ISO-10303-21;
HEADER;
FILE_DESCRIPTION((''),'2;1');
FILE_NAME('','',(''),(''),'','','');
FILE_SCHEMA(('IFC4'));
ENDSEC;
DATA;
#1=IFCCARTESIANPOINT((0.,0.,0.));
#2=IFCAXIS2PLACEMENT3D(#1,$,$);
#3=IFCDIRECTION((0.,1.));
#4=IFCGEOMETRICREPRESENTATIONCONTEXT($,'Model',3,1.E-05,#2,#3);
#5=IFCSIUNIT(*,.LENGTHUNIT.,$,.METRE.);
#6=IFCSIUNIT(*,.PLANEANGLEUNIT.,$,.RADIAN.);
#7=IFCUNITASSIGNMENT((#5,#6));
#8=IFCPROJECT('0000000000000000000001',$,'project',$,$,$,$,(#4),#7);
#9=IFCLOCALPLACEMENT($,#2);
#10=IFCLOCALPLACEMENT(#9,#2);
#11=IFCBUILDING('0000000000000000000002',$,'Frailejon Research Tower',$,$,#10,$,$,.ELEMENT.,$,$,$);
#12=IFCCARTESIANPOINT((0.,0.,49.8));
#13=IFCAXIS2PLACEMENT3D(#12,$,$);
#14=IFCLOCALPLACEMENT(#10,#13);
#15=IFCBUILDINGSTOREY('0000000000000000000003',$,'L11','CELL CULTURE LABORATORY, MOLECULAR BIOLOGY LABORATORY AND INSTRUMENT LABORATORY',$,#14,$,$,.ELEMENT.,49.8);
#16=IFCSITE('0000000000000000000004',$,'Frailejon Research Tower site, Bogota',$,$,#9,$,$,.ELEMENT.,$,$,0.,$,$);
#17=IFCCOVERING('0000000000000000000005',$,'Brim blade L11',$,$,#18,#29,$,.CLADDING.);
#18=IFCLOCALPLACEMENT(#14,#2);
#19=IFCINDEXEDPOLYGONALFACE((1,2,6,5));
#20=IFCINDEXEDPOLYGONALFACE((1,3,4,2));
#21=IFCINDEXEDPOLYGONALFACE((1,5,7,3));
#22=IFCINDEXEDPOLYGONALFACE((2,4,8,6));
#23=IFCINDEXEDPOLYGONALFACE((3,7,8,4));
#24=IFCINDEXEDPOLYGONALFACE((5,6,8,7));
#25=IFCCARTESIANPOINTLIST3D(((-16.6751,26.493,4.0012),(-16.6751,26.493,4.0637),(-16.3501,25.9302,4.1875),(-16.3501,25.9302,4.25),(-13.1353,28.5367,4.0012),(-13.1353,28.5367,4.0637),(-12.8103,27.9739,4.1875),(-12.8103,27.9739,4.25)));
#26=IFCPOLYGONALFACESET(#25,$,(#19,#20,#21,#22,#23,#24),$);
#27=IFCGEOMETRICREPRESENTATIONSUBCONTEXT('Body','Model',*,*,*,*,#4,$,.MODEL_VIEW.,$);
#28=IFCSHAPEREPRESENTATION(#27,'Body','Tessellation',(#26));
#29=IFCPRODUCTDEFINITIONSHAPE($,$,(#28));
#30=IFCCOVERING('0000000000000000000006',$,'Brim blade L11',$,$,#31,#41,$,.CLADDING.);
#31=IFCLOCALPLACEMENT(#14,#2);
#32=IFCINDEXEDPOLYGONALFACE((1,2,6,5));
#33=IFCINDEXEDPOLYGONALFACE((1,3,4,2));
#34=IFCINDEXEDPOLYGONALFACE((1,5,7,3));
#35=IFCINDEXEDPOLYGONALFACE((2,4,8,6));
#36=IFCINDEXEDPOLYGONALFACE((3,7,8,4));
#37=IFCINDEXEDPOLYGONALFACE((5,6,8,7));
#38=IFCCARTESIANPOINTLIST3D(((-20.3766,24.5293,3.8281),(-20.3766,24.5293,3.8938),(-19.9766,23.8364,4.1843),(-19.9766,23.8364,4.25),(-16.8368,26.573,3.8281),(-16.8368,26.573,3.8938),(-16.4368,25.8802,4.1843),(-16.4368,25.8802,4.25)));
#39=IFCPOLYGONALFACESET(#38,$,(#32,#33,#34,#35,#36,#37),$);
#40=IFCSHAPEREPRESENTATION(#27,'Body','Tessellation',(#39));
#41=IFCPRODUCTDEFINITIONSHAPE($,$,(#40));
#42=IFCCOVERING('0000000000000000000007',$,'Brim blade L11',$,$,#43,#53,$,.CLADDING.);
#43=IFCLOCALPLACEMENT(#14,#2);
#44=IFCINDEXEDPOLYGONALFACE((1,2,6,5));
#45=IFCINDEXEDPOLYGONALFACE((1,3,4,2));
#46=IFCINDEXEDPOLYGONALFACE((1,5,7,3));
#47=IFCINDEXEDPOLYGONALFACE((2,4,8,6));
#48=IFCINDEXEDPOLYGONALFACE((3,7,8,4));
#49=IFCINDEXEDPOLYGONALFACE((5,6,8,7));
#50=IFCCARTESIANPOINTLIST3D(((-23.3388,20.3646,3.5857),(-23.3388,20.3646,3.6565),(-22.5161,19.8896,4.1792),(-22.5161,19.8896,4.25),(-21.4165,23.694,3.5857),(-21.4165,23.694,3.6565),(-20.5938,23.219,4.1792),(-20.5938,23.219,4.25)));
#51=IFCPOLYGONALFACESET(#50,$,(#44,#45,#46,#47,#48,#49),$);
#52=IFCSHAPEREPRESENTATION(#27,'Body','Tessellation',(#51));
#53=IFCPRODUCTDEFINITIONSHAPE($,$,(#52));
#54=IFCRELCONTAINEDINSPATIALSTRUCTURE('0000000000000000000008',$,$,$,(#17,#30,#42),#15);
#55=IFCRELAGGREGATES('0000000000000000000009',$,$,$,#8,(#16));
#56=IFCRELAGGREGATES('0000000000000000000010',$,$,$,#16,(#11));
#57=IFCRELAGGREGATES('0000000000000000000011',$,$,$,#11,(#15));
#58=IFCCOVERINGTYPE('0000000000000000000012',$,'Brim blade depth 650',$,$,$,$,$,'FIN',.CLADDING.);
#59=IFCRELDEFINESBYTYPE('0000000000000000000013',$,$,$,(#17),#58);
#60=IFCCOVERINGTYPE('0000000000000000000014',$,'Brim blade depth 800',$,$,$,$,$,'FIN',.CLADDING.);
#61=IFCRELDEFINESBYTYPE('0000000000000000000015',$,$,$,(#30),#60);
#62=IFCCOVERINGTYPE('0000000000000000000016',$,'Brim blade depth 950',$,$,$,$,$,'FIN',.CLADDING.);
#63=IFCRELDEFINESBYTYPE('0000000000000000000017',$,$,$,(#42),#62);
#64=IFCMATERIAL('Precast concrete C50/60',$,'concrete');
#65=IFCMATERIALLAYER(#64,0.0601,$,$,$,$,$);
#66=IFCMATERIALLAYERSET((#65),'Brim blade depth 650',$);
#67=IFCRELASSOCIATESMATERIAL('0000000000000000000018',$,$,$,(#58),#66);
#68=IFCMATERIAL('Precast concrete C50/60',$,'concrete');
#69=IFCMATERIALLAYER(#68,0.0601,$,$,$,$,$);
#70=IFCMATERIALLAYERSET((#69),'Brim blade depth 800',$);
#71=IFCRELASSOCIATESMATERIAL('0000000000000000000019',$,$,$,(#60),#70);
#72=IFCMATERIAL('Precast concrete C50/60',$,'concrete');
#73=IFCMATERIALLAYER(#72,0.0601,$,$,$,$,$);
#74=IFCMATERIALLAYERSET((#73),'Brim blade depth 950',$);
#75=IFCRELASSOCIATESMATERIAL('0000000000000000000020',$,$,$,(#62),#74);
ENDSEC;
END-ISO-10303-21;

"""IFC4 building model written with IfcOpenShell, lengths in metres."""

from ifc_helpers import new_model, si_unit, direction, frame, origin, place, context, subcontext, project, spatial, polyline, outline, extrude, material, layer, layer_set, type_object, element, save


model = new_model("IFC4")

# Units and contexts
model_context = context("Model", 3, precision=1e-05, world=origin(), true_north=direction((0.0, 1.0)))
body_context = subcontext(model_context, "Body", "Model", "MODEL_VIEW")
ifc_project = project(units=[si_unit("LENGTHUNIT", "METRE"), si_unit("PLANEANGLEUNIT", "RADIAN")], contexts=[model_context])

# Site, building, storey
site_placement = place(None, origin())
site = spatial("IfcSite", under=ifc_project, at=site_placement, Name="Frailejon Research Tower site, Bogota", CompositionType="ELEMENT", RefElevation=0.0)
building_placement = place(site_placement, origin())
building = spatial("IfcBuilding", under=site, at=building_placement, Name="Frailejon Research Tower", CompositionType="ELEMENT")
storey_placement = place(building_placement, frame((0.0, 0.0, 49.8)))
storey = spatial("IfcBuildingStorey", under=building, at=storey_placement, Name="L11", Description="CELL CULTURE LABORATORY, MOLECULAR BIOLOGY LABORATORY AND INSTRUMENT LABORATORY", CompositionType="ELEMENT", Elevation=49.8)

# Coverings
ifc_material_1 = material(Name="Precast concrete C50/60", Category="concrete")
ifc_layer_1 = layer(ifc_material_1, 0.0601)
ifc_layer_set_1 = layer_set([ifc_layer_1], Name="Brim blade depth 650")
covering_type_1 = type_object("IfcCoveringType", Name="Brim blade depth 650", ElementType="FIN", PredefinedType="CLADDING", material=ifc_layer_set_1)
covering_1_placement = place(storey_placement, frame((-16.3501, 25.9302, 4.25), z_axis=(0.866021, 0.500007, 0.0), x_axis=(-0.500007, 0.866021, 0.0)))
element("IfcCovering", 1, at=covering_1_placement, inside=storey, type_object=covering_type_1, Name="Brim blade L11", PredefinedType="CLADDING", context=body_context, shape_type="SweptSolid", body=[
    extrude(outline(polyline([(0.0, -0.0625), (0.6499, -0.2488), (0.6499, -0.1863), (0.0, 0.0), (0.0, -0.0625)])), origin(), (0.0, 0.0, 1.0), 4.0874),
])
ifc_material_2 = material(Name="Precast concrete C50/60", Category="concrete")
ifc_layer_2 = layer(ifc_material_2, 0.0601)
ifc_layer_set_2 = layer_set([ifc_layer_2], Name="Brim blade depth 800")
covering_type_2 = type_object("IfcCoveringType", Name="Brim blade depth 800", ElementType="FIN", PredefinedType="CLADDING", material=ifc_layer_set_2)
covering_2_placement = place(storey_placement, frame((-19.9766, 23.8364, 4.25), z_axis=(0.866021, 0.500007, 0.0), x_axis=(-0.500007, 0.866021, 0.0)))
element("IfcCovering", 2, at=covering_2_placement, inside=storey, type_object=covering_type_2, Name="Brim blade L11", PredefinedType="CLADDING", context=body_context, shape_type="SweptSolid", body=[
    extrude(outline(polyline([(0.0, -0.0657), (0.8, -0.4219), (0.8, -0.3562), (0.0, 0.0), (0.0, -0.0657)])), origin(), (0.0, 0.0, 1.0), 4.0874),
])
ifc_material_3 = material(Name="Precast concrete C50/60", Category="concrete")
ifc_layer_3 = layer(ifc_material_3, 0.0601)
ifc_layer_set_3 = layer_set([ifc_layer_3], Name="Brim blade depth 950")
covering_type_3 = type_object("IfcCoveringType", Name="Brim blade depth 950", ElementType="FIN", PredefinedType="CLADDING", material=ifc_layer_set_3)
covering_3_placement = place(storey_placement, frame((-22.5161, 19.8896, 4.25), z_axis=(0.500014, 0.866018, 0.0), x_axis=(-0.866018, 0.500014, 0.0)))
element("IfcCovering", 3, at=covering_3_placement, inside=storey, type_object=covering_type_3, Name="Brim blade L11", PredefinedType="CLADDING", context=body_context, shape_type="SweptSolid", body=[
    extrude(outline(polyline([(0.0, -0.0708), (0.95, -0.6643), (0.95, -0.5935), (0.0, 0.0), (0.0, -0.0708)])), origin(), (0.0, 0.0, 1.0), 3.8445),
])

save(model, "model.ifc")
